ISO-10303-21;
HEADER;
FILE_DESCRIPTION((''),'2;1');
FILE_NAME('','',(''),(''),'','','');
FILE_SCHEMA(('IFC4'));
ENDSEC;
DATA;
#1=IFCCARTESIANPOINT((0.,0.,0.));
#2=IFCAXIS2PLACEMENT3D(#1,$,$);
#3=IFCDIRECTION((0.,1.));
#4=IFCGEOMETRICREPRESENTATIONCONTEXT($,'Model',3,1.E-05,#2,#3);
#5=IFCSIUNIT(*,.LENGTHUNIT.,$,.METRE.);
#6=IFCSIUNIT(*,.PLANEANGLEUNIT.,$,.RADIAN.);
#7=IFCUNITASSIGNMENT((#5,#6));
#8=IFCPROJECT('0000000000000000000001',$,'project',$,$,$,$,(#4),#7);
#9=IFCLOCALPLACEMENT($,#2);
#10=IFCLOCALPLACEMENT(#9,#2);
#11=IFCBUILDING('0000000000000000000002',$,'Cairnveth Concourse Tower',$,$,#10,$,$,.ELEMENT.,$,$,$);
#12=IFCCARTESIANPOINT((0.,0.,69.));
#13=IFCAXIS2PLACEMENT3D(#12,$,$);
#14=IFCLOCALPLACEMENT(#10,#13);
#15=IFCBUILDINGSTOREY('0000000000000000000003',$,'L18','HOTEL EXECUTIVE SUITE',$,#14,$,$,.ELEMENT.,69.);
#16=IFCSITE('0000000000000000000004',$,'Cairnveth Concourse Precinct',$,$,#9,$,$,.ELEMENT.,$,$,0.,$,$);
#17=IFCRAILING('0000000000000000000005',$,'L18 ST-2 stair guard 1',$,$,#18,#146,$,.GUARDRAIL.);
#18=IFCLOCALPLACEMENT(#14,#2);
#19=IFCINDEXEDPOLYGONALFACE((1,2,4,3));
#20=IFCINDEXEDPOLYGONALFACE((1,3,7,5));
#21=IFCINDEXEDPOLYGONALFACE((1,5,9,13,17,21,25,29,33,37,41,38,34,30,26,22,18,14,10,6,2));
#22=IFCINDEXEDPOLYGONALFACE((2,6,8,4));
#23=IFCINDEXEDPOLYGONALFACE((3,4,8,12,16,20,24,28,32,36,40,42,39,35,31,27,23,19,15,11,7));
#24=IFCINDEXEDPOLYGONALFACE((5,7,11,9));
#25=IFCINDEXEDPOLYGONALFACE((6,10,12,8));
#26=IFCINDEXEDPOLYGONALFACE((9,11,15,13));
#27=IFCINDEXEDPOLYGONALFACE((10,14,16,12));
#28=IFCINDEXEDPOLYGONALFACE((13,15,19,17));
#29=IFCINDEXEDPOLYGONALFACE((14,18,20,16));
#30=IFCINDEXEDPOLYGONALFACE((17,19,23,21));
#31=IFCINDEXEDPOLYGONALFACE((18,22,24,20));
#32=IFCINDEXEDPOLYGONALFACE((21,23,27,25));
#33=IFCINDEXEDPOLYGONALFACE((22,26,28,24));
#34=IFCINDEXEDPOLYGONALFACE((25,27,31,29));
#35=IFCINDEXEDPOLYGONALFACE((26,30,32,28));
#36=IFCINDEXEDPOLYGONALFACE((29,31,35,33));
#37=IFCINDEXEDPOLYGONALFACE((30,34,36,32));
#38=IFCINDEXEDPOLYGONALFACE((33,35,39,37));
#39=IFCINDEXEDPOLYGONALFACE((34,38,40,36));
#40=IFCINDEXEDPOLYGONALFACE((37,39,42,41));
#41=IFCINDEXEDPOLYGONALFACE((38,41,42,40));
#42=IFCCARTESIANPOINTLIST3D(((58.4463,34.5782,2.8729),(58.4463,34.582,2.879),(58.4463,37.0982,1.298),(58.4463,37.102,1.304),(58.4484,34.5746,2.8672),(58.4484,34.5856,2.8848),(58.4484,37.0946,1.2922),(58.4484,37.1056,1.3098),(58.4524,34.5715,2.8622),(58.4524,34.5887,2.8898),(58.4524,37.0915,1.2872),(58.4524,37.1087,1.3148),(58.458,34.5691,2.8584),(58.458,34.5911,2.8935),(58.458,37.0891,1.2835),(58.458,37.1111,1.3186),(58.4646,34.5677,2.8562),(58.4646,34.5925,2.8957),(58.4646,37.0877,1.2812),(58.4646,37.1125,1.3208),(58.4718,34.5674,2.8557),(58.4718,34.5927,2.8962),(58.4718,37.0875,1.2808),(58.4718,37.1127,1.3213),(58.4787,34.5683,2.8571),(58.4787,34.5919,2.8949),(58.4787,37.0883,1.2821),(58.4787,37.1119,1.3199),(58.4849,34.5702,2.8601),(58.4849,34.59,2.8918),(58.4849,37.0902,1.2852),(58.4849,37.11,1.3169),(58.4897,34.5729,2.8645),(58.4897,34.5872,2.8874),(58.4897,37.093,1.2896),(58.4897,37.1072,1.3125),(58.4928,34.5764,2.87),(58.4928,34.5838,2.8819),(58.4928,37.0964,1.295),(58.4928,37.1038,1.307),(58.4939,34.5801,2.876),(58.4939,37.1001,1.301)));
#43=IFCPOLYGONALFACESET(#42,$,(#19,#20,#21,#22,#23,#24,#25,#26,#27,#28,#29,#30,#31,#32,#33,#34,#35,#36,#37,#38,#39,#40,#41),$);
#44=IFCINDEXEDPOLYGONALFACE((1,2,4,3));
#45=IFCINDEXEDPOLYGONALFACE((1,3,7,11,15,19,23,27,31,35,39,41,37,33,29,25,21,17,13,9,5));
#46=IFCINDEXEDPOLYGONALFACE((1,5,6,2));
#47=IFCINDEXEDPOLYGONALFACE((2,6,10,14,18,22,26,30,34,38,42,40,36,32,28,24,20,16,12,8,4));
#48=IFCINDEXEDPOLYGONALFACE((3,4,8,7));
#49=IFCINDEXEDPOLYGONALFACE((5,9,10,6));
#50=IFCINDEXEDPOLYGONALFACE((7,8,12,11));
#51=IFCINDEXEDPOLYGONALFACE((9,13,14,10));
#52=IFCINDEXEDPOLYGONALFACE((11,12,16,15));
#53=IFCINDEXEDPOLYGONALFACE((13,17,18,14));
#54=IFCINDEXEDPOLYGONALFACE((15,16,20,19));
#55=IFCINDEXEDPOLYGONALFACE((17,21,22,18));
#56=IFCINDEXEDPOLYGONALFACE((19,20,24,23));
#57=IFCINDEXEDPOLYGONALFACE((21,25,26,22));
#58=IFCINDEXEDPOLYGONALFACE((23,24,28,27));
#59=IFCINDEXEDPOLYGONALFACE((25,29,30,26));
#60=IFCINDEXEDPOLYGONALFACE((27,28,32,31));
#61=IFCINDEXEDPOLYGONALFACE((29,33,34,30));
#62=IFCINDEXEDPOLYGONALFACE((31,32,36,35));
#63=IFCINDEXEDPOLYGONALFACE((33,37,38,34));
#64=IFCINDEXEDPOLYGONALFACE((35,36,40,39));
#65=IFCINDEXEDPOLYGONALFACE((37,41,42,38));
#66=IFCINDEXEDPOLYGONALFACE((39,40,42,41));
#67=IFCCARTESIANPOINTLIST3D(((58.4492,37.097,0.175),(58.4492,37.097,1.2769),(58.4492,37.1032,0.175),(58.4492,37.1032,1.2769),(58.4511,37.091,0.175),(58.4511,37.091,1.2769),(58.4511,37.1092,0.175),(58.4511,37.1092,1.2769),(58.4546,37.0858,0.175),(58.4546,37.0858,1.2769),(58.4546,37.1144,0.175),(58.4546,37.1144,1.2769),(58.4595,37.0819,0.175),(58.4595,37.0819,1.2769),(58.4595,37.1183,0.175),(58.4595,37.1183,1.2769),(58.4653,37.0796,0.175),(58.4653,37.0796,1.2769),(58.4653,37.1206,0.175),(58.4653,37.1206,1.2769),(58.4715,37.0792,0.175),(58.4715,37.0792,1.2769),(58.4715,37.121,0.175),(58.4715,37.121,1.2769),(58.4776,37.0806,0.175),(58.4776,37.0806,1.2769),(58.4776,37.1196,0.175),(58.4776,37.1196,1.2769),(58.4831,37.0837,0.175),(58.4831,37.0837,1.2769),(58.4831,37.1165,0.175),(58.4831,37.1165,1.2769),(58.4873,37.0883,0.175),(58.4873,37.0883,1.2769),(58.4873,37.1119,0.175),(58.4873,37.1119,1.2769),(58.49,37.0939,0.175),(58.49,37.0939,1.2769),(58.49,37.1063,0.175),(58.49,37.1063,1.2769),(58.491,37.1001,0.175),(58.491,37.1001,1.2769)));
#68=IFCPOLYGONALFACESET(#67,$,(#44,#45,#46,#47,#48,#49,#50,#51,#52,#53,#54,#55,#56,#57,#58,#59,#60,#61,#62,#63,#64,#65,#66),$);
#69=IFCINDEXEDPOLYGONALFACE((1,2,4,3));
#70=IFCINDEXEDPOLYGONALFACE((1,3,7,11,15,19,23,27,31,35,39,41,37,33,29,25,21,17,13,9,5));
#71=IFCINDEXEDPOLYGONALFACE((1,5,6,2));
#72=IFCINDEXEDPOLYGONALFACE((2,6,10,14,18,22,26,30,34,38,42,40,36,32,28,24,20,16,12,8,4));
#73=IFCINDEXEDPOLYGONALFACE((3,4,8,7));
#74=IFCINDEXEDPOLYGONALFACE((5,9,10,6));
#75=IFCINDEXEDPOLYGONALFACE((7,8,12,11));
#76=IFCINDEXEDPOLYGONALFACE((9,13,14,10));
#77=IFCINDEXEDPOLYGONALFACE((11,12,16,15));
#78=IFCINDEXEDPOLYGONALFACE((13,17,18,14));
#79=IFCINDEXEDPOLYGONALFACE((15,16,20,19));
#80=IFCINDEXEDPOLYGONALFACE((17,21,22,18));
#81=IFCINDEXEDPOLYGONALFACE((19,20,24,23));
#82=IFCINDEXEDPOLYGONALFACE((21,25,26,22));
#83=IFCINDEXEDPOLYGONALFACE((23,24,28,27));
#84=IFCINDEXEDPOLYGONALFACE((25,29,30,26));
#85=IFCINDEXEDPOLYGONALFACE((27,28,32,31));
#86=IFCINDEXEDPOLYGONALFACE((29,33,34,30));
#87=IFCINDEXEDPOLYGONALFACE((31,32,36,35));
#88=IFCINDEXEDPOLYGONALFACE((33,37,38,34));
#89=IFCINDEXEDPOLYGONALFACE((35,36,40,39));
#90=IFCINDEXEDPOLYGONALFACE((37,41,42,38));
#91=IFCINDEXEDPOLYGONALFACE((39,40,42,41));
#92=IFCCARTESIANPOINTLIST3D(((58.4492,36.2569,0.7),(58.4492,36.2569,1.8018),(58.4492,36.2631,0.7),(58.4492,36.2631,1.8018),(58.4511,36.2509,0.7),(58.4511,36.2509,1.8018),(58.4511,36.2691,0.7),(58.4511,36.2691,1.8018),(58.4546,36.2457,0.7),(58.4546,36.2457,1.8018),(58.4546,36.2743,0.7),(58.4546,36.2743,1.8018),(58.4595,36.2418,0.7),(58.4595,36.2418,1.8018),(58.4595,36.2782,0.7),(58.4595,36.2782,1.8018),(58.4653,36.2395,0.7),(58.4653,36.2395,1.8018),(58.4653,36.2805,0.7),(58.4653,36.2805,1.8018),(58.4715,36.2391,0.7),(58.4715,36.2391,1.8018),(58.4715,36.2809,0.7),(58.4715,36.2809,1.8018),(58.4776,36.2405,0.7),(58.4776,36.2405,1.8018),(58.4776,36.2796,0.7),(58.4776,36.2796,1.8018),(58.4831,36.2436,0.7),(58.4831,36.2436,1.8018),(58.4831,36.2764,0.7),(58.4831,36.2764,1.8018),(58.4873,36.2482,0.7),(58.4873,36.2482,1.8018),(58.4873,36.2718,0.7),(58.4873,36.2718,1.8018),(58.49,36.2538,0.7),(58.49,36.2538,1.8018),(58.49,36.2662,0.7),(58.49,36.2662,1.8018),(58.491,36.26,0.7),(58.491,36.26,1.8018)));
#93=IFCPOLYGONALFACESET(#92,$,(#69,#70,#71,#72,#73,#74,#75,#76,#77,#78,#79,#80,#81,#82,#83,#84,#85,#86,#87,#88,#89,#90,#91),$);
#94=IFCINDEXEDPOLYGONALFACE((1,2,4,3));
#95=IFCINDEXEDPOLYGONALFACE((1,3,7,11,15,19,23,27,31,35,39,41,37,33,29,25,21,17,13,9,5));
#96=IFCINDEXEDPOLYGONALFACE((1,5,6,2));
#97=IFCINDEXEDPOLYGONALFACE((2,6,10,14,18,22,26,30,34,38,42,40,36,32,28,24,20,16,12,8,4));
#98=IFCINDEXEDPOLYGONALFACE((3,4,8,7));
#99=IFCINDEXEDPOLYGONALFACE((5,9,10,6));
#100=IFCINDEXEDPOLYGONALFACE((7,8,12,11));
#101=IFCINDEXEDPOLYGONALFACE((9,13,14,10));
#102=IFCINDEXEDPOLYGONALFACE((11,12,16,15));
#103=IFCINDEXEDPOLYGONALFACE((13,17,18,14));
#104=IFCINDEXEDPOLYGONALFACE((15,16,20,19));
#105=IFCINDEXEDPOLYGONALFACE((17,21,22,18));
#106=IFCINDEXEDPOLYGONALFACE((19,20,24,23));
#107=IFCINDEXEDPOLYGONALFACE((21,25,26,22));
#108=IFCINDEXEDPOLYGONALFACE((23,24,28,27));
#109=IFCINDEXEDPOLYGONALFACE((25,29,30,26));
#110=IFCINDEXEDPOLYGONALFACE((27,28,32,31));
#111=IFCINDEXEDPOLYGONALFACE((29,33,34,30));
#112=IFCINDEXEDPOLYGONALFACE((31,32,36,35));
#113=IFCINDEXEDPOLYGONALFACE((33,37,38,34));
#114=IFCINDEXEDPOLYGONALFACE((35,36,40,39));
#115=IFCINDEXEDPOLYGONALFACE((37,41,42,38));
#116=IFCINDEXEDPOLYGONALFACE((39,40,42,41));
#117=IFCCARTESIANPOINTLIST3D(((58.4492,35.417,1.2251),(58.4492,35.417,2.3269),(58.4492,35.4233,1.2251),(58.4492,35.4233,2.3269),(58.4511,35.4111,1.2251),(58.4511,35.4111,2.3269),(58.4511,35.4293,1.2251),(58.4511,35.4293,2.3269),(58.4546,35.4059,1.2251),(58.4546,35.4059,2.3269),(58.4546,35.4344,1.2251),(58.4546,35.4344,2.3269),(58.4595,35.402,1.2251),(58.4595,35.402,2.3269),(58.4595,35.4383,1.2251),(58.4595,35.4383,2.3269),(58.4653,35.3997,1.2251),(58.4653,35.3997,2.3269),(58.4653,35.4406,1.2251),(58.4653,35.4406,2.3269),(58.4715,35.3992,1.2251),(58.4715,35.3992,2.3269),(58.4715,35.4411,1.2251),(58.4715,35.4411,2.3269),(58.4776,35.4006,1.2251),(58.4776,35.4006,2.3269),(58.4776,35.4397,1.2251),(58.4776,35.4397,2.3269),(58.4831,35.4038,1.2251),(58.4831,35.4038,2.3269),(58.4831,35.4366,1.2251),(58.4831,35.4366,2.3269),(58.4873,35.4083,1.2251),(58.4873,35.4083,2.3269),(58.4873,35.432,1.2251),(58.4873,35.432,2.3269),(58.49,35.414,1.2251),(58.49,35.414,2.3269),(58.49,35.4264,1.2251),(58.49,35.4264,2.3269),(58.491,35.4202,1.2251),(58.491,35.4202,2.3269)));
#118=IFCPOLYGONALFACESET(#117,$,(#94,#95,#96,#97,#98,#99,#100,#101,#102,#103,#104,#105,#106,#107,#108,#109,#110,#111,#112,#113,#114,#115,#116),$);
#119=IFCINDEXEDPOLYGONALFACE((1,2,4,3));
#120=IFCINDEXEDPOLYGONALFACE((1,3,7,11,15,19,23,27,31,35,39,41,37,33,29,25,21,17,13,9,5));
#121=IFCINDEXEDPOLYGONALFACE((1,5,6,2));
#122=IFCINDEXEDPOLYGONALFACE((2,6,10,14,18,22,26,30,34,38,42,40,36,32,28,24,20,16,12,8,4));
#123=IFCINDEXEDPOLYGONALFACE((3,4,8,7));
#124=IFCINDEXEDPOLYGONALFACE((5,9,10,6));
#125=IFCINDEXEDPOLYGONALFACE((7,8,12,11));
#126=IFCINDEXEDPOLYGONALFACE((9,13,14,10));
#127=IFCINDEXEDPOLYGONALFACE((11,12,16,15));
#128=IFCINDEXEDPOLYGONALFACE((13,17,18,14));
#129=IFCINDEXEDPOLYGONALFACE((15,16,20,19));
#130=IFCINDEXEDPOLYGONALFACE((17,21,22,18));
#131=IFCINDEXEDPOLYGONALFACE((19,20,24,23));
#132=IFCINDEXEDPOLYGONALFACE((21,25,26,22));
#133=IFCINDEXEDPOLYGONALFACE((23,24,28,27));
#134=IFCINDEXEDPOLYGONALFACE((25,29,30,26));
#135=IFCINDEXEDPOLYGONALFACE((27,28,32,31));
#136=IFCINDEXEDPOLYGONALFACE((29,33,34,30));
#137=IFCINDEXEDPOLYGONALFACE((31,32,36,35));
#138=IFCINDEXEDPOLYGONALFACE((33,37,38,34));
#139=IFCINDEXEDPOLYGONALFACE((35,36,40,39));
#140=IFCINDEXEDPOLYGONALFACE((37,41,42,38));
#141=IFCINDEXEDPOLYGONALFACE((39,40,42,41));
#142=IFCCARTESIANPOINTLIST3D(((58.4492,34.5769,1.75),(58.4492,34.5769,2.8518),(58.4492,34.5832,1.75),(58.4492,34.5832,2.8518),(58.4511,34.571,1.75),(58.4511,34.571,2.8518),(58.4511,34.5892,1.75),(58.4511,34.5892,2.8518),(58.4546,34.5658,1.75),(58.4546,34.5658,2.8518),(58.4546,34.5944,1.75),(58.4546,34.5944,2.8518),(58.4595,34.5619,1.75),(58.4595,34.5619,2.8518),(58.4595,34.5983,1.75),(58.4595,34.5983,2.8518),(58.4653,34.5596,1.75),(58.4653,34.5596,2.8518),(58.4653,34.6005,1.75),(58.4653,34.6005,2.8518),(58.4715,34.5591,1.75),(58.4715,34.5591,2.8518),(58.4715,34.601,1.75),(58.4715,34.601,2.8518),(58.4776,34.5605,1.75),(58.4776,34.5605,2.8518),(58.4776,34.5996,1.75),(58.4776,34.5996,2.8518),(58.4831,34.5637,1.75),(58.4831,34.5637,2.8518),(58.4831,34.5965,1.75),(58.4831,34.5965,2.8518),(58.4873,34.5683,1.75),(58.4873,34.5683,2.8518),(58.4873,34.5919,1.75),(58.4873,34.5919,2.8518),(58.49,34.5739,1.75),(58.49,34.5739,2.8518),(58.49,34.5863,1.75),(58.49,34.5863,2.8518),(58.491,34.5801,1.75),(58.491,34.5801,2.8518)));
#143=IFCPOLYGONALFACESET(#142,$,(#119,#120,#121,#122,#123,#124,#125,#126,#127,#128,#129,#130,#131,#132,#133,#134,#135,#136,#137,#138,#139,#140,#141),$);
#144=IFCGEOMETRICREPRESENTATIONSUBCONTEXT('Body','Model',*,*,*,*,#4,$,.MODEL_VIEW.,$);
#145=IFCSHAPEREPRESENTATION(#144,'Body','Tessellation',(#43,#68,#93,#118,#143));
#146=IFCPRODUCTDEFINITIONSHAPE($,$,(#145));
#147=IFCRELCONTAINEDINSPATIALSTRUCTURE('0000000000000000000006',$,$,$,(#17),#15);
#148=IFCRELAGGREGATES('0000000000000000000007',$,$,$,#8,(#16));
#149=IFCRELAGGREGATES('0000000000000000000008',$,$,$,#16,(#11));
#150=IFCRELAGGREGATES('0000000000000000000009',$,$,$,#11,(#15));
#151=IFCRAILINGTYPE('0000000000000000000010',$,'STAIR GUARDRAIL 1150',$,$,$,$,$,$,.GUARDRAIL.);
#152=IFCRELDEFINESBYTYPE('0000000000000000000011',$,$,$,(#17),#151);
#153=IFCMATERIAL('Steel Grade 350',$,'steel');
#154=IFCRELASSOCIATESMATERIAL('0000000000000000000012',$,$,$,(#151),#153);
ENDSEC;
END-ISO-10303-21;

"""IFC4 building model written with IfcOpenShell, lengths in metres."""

from ifc_helpers import new_model, si_unit, direction, frame, origin, origin_2d, place, context, subcontext, project, spatial, circle, extrude, material, type_object, element, save


model = new_model("IFC4")

# Units and contexts
model_context = context("Model", 3, precision=1e-05, world=origin(), true_north=direction((0.0, 1.0)))
body_context = subcontext(model_context, "Body", "Model", "MODEL_VIEW")
ifc_project = project(units=[si_unit("LENGTHUNIT", "METRE"), si_unit("PLANEANGLEUNIT", "RADIAN")], contexts=[model_context])

# Site, building, storey
site_placement = place(None, origin())
site = spatial("IfcSite", under=ifc_project, at=site_placement, Name="Cairnveth Concourse Precinct", CompositionType="ELEMENT", RefElevation=0.0)
building_placement = place(site_placement, origin())
building = spatial("IfcBuilding", under=site, at=building_placement, Name="Cairnveth Concourse Tower", CompositionType="ELEMENT")
storey_placement = place(building_placement, frame((0.0, 0.0, 69.0)))
storey = spatial("IfcBuildingStorey", under=building, at=storey_placement, Name="L18", Description="HOTEL EXECUTIVE SUITE", CompositionType="ELEMENT", Elevation=69.0)

# Shared definitions
ifc_material_1 = material(Name="Steel Grade 350", Category="steel")

# Railing
railing_type_1 = type_object("IfcRailingType", Name="STAIR GUARDRAIL 1150", PredefinedType="GUARDRAIL", material=ifc_material_1)
railing_1_placement = place(storey_placement, frame((58.47, 37.1001, 0.175)))
element("IfcRailing", 1, at=railing_1_placement, inside=storey, type_object=railing_type_1, Name="L18 ST-2 stair guard 1", PredefinedType="GUARDRAIL", context=body_context, shape_type="SweptSolid", body=[
    extrude(circle(Radius=0.0239, at=origin_2d()), frame((0.0, 0.0, 1.126), z_axis=(0.0, -0.848008, 0.529984), x_axis=(1.0, 0.0, 0.0)), (0.0, 0.0, 1.0), 2.9717),
    extrude(circle(Radius=0.021, at=origin_2d()), origin(), (0.0, 0.0, 1.0), 1.1018),
    extrude(circle(Radius=0.021, at=origin_2d()), frame((0.0, -0.8401, 0.5249)), (0.0, 0.0, 1.0), 1.1018),
    extrude(circle(Radius=0.021, at=origin_2d()), frame((0.0, -1.6799, 1.05)), (0.0, 0.0, 1.0), 1.1018),
    extrude(circle(Radius=0.021, at=origin_2d()), frame((0.0, -2.52, 1.575)), (0.0, 0.0, 1.0), 1.1018),
])

save(model, "model.ifc")
